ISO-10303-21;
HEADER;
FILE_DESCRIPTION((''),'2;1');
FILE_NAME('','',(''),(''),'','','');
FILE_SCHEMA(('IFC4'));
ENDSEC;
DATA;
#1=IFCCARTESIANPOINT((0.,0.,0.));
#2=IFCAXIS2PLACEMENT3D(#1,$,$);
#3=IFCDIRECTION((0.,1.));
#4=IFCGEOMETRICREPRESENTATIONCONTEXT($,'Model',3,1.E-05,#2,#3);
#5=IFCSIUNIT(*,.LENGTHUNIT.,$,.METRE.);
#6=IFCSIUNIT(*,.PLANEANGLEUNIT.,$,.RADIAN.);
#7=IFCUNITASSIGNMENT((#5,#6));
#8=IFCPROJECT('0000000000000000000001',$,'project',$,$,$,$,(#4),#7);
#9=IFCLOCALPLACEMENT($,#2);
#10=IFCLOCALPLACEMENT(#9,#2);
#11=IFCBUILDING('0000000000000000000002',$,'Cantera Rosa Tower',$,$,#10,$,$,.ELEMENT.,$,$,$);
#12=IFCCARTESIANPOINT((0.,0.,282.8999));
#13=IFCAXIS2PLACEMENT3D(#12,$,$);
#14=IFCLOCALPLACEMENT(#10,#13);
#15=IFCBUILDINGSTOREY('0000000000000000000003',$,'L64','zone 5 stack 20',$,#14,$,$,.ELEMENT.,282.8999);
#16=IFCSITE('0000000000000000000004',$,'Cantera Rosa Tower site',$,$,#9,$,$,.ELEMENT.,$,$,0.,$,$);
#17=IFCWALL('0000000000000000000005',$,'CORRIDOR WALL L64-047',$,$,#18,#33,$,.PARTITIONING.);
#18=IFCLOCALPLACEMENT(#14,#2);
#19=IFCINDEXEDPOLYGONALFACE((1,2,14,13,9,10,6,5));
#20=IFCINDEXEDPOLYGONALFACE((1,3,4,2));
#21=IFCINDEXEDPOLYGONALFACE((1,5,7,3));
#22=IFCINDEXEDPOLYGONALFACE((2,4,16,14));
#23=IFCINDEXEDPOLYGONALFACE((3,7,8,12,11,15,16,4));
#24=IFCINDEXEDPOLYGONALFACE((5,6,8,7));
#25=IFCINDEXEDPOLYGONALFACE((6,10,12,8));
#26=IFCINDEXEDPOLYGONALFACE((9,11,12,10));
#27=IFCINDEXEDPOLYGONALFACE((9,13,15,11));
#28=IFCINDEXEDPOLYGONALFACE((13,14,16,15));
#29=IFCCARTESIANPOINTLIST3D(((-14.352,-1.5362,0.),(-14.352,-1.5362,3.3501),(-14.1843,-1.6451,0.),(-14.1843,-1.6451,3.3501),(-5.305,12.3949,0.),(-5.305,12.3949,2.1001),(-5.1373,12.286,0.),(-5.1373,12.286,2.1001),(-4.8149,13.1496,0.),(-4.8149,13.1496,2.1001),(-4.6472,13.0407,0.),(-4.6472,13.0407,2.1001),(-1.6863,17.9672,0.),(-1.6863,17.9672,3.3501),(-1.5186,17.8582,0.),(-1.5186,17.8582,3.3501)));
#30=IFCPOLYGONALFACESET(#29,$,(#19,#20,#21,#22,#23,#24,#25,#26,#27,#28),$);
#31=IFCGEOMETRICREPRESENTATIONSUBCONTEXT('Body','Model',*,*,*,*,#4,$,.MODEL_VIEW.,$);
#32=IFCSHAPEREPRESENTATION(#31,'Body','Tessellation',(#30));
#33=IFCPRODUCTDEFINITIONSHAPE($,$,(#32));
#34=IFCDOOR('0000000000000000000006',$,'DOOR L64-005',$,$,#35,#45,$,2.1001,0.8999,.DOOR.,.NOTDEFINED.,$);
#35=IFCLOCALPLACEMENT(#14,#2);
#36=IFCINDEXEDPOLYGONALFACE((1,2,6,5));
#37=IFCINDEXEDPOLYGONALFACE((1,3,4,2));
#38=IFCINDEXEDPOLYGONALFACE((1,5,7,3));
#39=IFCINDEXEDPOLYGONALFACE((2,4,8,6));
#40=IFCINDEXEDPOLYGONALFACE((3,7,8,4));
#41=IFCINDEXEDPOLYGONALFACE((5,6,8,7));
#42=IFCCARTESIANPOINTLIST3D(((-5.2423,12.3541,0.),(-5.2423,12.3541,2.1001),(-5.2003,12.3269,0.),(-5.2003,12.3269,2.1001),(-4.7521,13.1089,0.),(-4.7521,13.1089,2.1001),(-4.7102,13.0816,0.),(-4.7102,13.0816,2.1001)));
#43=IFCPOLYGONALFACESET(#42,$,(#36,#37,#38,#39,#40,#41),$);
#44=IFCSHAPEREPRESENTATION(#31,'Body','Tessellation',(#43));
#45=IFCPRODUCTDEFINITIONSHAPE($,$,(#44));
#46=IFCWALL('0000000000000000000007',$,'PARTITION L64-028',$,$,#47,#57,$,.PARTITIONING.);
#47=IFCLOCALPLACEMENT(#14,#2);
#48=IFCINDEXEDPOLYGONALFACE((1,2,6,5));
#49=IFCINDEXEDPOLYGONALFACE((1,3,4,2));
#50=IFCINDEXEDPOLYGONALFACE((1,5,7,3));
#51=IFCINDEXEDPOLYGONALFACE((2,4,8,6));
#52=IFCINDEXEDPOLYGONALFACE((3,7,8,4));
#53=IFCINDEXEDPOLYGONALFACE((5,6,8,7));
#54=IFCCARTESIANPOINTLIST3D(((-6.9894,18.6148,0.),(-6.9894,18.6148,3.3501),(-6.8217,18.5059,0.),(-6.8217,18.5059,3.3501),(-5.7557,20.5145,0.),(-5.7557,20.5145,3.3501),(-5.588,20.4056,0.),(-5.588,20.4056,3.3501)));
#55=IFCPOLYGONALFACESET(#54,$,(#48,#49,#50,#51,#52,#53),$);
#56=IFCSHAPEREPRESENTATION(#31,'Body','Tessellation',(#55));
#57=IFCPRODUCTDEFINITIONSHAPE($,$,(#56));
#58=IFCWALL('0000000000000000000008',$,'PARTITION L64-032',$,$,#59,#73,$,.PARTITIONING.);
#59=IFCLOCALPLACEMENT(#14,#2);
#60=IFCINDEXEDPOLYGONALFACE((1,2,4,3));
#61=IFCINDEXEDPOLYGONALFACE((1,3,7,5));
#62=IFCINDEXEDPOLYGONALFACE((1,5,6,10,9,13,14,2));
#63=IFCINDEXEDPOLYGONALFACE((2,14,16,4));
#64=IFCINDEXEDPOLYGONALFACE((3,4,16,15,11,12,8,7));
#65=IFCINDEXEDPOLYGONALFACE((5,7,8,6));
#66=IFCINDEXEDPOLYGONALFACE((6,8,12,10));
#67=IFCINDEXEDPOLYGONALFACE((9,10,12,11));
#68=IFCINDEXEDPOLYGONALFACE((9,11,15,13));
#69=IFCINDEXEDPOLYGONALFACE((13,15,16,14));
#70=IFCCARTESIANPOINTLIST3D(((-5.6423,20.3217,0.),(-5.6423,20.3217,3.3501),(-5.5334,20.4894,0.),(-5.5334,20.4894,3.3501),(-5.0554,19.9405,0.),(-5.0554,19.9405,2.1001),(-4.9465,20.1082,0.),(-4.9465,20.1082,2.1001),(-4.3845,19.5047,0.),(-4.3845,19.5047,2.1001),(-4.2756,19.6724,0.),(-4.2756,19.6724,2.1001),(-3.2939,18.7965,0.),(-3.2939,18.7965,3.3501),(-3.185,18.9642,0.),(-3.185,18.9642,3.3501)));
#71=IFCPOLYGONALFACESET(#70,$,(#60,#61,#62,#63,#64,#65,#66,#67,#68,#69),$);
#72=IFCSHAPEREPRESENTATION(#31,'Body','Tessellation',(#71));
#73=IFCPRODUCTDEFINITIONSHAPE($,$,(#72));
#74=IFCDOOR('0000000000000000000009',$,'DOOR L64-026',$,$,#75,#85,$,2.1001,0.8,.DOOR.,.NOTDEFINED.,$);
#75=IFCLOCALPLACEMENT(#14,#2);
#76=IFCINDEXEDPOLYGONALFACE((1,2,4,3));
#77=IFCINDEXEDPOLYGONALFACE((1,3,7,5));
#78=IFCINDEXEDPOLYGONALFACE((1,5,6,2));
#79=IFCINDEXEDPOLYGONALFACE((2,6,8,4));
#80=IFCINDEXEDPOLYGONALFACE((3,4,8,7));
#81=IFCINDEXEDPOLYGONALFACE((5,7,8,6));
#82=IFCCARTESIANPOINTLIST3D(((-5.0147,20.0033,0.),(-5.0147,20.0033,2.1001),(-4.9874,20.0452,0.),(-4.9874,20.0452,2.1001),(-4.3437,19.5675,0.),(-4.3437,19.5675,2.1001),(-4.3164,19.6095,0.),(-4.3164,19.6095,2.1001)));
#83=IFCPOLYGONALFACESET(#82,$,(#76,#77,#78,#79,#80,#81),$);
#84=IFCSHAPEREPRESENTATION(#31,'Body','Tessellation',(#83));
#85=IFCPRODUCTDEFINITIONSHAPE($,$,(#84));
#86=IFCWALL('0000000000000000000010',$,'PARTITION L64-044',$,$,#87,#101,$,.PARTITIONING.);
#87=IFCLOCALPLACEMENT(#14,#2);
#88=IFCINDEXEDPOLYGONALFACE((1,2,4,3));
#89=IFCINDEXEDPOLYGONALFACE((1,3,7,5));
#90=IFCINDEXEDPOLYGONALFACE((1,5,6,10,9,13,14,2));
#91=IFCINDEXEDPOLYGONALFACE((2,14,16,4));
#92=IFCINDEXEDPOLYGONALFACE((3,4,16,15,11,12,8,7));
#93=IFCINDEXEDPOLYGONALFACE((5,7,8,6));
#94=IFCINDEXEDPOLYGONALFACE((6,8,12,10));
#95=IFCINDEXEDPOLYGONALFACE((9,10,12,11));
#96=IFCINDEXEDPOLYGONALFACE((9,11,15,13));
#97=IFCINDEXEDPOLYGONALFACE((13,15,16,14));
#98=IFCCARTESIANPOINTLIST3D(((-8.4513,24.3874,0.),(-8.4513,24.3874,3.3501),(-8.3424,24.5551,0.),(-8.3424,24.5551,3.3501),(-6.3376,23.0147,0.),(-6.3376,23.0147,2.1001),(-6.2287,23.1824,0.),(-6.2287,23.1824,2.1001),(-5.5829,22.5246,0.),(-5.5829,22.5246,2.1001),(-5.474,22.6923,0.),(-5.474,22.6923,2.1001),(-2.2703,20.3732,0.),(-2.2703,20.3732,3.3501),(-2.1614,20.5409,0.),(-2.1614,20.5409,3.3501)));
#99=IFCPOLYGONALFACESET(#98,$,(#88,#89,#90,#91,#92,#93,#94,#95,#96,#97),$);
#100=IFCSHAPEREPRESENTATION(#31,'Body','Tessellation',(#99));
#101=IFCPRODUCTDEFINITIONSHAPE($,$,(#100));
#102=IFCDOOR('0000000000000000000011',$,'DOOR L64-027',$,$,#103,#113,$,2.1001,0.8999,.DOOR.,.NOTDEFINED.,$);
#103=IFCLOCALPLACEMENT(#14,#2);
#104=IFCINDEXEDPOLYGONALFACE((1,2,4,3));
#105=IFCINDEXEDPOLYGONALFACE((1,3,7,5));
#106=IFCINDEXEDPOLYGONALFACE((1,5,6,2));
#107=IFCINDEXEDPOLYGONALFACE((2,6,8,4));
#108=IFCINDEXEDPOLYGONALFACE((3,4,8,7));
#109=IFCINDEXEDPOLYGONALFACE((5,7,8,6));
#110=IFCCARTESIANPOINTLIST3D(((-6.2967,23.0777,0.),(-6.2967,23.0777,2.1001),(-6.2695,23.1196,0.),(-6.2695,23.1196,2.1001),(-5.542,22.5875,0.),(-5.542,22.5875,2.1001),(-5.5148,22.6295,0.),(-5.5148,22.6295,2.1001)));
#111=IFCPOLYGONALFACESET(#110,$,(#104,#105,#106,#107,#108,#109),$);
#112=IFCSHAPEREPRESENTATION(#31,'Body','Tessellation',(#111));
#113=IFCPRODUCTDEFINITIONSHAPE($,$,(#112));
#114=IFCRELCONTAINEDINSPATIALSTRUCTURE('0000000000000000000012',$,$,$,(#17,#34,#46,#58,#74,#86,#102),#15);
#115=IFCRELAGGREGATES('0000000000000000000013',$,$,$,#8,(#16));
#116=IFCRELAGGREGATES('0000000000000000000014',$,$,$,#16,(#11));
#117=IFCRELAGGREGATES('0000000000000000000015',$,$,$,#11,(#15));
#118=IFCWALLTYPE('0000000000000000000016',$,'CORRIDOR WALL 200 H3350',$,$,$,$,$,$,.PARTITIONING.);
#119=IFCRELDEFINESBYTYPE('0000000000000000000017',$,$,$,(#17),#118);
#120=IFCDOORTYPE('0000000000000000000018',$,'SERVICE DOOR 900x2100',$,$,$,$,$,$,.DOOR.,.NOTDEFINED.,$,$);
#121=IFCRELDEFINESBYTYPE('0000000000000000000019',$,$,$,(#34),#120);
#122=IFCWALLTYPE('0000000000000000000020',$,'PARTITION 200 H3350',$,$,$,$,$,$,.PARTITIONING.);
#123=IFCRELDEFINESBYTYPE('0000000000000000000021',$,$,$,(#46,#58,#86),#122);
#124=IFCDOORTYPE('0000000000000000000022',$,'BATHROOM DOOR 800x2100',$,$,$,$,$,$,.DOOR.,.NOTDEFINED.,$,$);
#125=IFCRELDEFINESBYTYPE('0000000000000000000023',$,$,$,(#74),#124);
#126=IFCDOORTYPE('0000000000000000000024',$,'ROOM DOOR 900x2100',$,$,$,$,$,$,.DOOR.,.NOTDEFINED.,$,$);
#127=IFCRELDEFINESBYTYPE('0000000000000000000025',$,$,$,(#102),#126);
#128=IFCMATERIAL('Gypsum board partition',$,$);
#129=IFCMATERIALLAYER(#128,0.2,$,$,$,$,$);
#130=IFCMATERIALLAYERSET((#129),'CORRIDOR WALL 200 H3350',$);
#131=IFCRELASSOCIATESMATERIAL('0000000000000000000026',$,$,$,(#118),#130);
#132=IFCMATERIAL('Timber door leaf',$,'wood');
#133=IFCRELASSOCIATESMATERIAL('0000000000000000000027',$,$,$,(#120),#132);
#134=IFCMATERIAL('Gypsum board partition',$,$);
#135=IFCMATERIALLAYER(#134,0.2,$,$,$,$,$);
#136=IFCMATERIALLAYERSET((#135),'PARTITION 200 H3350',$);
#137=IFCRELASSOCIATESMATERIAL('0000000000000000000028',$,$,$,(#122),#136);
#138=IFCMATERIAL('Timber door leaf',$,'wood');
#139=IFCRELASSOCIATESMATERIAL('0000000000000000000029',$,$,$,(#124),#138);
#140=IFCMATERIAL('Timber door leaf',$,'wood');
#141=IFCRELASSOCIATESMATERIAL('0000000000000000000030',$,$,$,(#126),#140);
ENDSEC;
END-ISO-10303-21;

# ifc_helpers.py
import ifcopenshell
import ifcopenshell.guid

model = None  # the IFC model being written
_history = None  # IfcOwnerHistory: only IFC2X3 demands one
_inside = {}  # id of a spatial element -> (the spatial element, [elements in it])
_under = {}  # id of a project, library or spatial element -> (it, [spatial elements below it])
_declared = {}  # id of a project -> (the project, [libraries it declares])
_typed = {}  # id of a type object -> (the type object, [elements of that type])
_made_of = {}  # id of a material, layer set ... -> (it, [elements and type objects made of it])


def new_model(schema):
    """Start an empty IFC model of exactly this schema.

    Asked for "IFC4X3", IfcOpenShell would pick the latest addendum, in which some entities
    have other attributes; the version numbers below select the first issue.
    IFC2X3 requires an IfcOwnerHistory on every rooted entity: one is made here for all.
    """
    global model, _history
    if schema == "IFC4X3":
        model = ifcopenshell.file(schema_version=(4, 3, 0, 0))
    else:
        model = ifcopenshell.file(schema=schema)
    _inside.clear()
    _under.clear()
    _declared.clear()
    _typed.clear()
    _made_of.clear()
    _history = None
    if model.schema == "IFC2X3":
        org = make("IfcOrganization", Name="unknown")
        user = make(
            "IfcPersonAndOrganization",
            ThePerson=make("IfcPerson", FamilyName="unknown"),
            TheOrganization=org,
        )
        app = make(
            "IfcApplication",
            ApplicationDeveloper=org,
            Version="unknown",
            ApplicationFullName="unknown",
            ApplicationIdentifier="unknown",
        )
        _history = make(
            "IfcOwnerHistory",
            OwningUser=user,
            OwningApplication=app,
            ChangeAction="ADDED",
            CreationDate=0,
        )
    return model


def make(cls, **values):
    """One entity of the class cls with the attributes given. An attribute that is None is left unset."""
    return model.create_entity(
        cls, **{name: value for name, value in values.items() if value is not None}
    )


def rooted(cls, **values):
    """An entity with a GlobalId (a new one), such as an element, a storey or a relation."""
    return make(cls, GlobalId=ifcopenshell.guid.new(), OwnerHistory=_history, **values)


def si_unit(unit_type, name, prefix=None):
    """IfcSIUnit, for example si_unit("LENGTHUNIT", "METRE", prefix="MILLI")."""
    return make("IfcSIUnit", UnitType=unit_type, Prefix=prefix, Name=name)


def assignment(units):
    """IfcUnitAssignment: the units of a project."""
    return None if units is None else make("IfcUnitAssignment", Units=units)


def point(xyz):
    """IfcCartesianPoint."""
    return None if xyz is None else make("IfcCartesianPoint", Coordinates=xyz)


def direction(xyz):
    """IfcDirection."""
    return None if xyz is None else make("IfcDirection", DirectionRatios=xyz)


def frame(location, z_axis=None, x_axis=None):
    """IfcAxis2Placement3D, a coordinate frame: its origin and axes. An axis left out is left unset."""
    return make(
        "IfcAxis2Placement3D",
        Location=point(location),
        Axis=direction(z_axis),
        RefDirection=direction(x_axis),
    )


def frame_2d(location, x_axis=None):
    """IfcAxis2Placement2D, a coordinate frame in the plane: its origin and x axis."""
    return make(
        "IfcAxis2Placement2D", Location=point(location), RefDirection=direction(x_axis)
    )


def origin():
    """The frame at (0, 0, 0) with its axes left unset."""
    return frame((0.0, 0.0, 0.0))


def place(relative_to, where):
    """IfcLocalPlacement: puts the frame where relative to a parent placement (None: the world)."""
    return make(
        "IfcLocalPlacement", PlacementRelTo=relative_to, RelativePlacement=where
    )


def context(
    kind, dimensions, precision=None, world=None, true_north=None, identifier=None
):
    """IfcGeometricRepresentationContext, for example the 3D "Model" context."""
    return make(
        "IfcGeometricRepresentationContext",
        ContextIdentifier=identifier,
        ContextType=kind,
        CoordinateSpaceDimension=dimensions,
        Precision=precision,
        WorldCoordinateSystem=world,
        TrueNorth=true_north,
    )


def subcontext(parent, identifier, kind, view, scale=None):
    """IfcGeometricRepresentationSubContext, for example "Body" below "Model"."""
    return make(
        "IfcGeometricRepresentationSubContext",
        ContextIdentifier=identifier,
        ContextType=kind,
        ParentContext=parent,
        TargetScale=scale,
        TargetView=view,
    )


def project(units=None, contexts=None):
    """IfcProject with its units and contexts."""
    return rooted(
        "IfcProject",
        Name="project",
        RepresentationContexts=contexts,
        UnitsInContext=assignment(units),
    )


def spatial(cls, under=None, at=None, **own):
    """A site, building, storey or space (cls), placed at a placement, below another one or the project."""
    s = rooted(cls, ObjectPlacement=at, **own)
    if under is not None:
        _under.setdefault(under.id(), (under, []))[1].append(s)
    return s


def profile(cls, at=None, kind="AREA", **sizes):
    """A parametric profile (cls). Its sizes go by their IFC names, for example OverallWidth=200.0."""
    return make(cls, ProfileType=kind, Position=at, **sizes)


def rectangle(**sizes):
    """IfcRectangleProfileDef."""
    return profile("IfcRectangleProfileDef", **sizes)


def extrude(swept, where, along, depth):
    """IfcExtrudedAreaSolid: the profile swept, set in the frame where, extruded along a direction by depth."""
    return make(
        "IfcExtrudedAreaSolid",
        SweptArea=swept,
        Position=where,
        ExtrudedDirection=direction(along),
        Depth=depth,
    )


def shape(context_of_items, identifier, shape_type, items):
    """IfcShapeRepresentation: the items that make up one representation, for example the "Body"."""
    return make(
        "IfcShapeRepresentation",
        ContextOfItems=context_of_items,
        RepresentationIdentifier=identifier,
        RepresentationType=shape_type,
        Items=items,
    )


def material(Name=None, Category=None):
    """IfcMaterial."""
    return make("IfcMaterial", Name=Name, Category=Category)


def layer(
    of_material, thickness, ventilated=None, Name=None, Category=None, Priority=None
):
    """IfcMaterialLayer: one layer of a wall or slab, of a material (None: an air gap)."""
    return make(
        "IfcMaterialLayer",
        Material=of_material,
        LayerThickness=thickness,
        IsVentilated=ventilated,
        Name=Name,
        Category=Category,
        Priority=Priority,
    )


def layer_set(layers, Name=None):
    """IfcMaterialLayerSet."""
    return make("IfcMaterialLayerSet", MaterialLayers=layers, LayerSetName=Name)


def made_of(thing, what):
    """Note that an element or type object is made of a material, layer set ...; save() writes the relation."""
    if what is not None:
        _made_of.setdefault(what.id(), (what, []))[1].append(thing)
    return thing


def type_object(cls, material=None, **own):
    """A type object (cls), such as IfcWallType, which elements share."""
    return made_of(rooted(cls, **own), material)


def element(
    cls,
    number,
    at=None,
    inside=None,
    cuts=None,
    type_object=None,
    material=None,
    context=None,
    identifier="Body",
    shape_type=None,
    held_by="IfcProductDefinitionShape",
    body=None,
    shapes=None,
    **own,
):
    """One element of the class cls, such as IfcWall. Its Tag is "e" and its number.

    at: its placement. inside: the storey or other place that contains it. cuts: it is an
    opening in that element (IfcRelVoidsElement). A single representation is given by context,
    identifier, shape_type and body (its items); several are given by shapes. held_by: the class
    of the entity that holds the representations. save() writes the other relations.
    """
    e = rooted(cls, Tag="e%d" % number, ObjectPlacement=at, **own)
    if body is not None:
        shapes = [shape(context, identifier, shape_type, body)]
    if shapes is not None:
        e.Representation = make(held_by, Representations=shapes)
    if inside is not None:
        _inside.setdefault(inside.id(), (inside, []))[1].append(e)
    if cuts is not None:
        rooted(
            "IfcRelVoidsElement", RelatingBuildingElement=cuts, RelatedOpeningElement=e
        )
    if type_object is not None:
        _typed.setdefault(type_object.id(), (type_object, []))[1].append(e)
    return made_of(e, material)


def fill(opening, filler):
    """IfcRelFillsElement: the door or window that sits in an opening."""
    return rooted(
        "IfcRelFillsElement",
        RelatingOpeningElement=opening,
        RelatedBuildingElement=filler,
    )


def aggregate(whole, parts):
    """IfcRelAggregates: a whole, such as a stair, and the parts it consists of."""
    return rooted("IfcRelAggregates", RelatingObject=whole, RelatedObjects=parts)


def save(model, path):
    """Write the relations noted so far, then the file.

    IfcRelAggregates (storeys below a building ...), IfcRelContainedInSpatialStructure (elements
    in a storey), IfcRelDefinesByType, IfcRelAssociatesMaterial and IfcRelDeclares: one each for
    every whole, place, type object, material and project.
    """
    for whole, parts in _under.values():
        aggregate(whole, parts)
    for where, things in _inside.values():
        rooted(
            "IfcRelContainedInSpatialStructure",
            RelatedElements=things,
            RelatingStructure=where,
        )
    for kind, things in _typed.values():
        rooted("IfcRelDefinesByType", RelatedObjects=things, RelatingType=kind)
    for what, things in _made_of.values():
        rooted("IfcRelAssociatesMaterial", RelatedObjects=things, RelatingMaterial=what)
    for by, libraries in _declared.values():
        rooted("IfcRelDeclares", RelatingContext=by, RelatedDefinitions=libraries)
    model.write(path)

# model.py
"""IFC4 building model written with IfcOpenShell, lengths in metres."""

from ifc_helpers import new_model, si_unit, direction, frame, frame_2d, origin, place, context, subcontext, project, spatial, rectangle, extrude, material, layer, layer_set, type_object, element, fill, save


model = new_model("IFC4")

# Units and contexts
model_context = context("Model", 3, precision=1e-05, world=origin(), true_north=direction((0.0, 1.0)))
body_context = subcontext(model_context, "Body", "Model", "MODEL_VIEW")
ifc_project = project(units=[si_unit("LENGTHUNIT", "METRE"), si_unit("PLANEANGLEUNIT", "RADIAN")], contexts=[model_context])

# Site, building, storey
site_placement = place(None, origin())
site = spatial("IfcSite", under=ifc_project, at=site_placement, Name="Cantera Rosa Tower site", CompositionType="ELEMENT", RefElevation=0.0)
building_placement = place(site_placement, origin())
building = spatial("IfcBuilding", under=site, at=building_placement, Name="Cantera Rosa Tower", CompositionType="ELEMENT")
storey_placement = place(building_placement, frame((0.0, 0.0, 282.8999)))
storey = spatial("IfcBuildingStorey", under=building, at=storey_placement, Name="L64", Description="zone 5 stack 20", CompositionType="ELEMENT", Elevation=282.8999)

# Shared definitions
ifc_material_1 = material(Name="Gypsum board partition")
ifc_layer_1 = layer(ifc_material_1, 0.2)
ifc_layer_set_1 = layer_set([ifc_layer_1], Name="CORRIDOR WALL 200 H3350")
wall_type_1 = type_object("IfcWallType", Name="CORRIDOR WALL 200 H3350", PredefinedType="PARTITIONING", material=ifc_layer_set_1)

# Wall, opening, door
wall_1_placement = place(storey_placement, frame((-1.6025, 17.9126, 0.0), z_axis=(0.0, 0.0, 1.0), x_axis=(-0.544642, -0.838669, 0.0)))
wall_1 = element("IfcWall", 1, at=wall_1_placement, inside=storey, type_object=wall_type_1, Name="CORRIDOR WALL L64-047", PredefinedType="PARTITIONING", context=body_context, shape_type="SweptSolid", body=[
    extrude(rectangle(XDim=23.2551, YDim=0.2, at=frame_2d((11.6274, 0.0))), origin(), (0.0, 0.0, 1.0), 3.3501),
])
opening_1_placement = place(wall_1_placement, frame((5.7441, 0.0, 0.0)))
opening_1 = element("IfcOpeningElement", 2, at=opening_1_placement, cuts=wall_1, PredefinedType="OPENING", context=body_context, shape_type="SweptSolid", body=[
    extrude(rectangle(XDim=0.8999, YDim=2.1001, at=frame_2d((0.45, 1.05))), frame((0.0, 0.1099, 0.0), z_axis=(0.0, -1.0, 0.0), x_axis=(1.0, 0.0, 0.0)), (0.0, 0.0, 1.0), 0.22),
])
ifc_material_2 = material(Name="Timber door leaf", Category="wood")
door_type_1 = type_object("IfcDoorType", Name="SERVICE DOOR 900x2100", OperationType="NOTDEFINED", PredefinedType="DOOR", material=ifc_material_2)
door_1_placement = place(opening_1_placement, origin())
door_1 = element("IfcDoor", 3, at=door_1_placement, inside=storey, type_object=door_type_1, Name="DOOR L64-005", OperationType="NOTDEFINED", OverallHeight=2.1001, OverallWidth=0.8999, PredefinedType="DOOR", context=body_context, shape_type="SweptSolid", body=[
    extrude(rectangle(XDim=0.8999, YDim=2.1001, at=frame_2d((0.45, 1.05))), frame((0.0, 0.0249, 0.0), z_axis=(0.0, -1.0, 0.0), x_axis=(1.0, 0.0, 0.0)), (0.0, 0.0, 1.0), 0.05),
])
fill(opening_1, door_1)

# Wall
ifc_material_3 = material(Name="Gypsum board partition")
ifc_layer_2 = layer(ifc_material_3, 0.2)
ifc_layer_set_2 = layer_set([ifc_layer_2], Name="PARTITION 200 H3350")
wall_type_2 = type_object("IfcWallType", Name="PARTITION 200 H3350", PredefinedType="PARTITIONING", material=ifc_layer_set_2)
wall_2_placement = place(storey_placement, frame((-6.9055, 18.5603, 0.0), z_axis=(0.0, 0.0, 1.0), x_axis=(0.544636, 0.838673, 0.0)))
element("IfcWall", 4, at=wall_2_placement, inside=storey, type_object=wall_type_2, Name="PARTITION L64-028", PredefinedType="PARTITIONING", context=body_context, shape_type="SweptSolid", body=[
    extrude(rectangle(XDim=2.2651, YDim=0.2, at=frame_2d((1.1326, 0.0))), origin(), (0.0, 0.0, 1.0), 3.3501),
])

# Walls, openings, doors
wall_3_placement = place(storey_placement, frame((-5.5879, 20.4055, 0.0), z_axis=(0.0, 0.0, 1.0), x_axis=(0.838657, -0.54466, 0.0)))
wall_3 = element("IfcWall", 5, at=wall_3_placement, inside=storey, type_object=wall_type_2, Name="PARTITION L64-032", PredefinedType="PARTITIONING", context=body_context, shape_type="SweptSolid", body=[
    extrude(rectangle(XDim=2.8003, YDim=0.2, at=frame_2d((1.4001, 0.0))), origin(), (0.0, 0.0, 1.0), 3.3501),
])
opening_2_placement = place(wall_3_placement, frame((0.7, 0.0, 0.0)))
opening_2 = element("IfcOpeningElement", 6, at=opening_2_placement, cuts=wall_3, PredefinedType="OPENING", context=body_context, shape_type="SweptSolid", body=[
    extrude(rectangle(XDim=0.8, YDim=2.1001, at=frame_2d((0.3999, 1.05))), frame((0.0, 0.1099, 0.0), z_axis=(0.0, -1.0, 0.0), x_axis=(1.0, 0.0, 0.0)), (0.0, 0.0, 1.0), 0.22),
])
ifc_material_4 = material(Name="Timber door leaf", Category="wood")
door_type_2 = type_object("IfcDoorType", Name="BATHROOM DOOR 800x2100", OperationType="NOTDEFINED", PredefinedType="DOOR", material=ifc_material_4)
door_2_placement = place(opening_2_placement, origin())
door_2 = element("IfcDoor", 7, at=door_2_placement, inside=storey, type_object=door_type_2, Name="DOOR L64-026", OperationType="NOTDEFINED", OverallHeight=2.1001, OverallWidth=0.8, PredefinedType="DOOR", context=body_context, shape_type="SweptSolid", body=[
    extrude(rectangle(XDim=0.8, YDim=2.1001, at=frame_2d((0.3999, 1.05))), frame((0.0, 0.0249, 0.0), z_axis=(0.0, -1.0, 0.0), x_axis=(1.0, 0.0, 0.0)), (0.0, 0.0, 1.0), 0.05),
])
fill(opening_2, door_2)
wall_4_placement = place(storey_placement, frame((-2.2158, 20.457, 0.0), z_axis=(0.0, 0.0, 1.0), x_axis=(-0.838656, 0.544661, 0.0)))
wall_4 = element("IfcWall", 8, at=wall_4_placement, inside=storey, type_object=wall_type_2, Name="PARTITION L64-044", PredefinedType="PARTITIONING", context=body_context, shape_type="SweptSolid", body=[
    extrude(rectangle(XDim=7.3701, YDim=0.2, at=frame_2d((3.6851, 0.0))), origin(), (0.0, 0.0, 1.0), 3.3501),
])
opening_3_placement = place(wall_4_placement, frame((3.95, 0.0, 0.0)))
opening_3 = element("IfcOpeningElement", 9, at=opening_3_placement, cuts=wall_4, PredefinedType="OPENING", context=body_context, shape_type="SweptSolid", body=[
    extrude(rectangle(XDim=0.8999, YDim=2.1001, at=frame_2d((0.45, 1.05))), frame((0.0, 0.1099, 0.0), z_axis=(0.0, -1.0, 0.0), x_axis=(1.0, 0.0, 0.0)), (0.0, 0.0, 1.0), 0.22),
])
ifc_material_5 = material(Name="Timber door leaf", Category="wood")
door_type_3 = type_object("IfcDoorType", Name="ROOM DOOR 900x2100", OperationType="NOTDEFINED", PredefinedType="DOOR", material=ifc_material_5)
door_3_placement = place(opening_3_placement, origin())
door_3 = element("IfcDoor", 10, at=door_3_placement, inside=storey, type_object=door_type_3, Name="DOOR L64-027", OperationType="NOTDEFINED", OverallHeight=2.1001, OverallWidth=0.8999, PredefinedType="DOOR", context=body_context, shape_type="SweptSolid", body=[
    extrude(rectangle(XDim=0.8999, YDim=2.1001, at=frame_2d((0.45, 1.05))), frame((0.0, 0.0249, 0.0), z_axis=(0.0, -1.0, 0.0), x_axis=(1.0, 0.0, 0.0)), (0.0, 0.0, 1.0), 0.05),
])
fill(opening_3, door_3)

save(model, "model.ifc")
